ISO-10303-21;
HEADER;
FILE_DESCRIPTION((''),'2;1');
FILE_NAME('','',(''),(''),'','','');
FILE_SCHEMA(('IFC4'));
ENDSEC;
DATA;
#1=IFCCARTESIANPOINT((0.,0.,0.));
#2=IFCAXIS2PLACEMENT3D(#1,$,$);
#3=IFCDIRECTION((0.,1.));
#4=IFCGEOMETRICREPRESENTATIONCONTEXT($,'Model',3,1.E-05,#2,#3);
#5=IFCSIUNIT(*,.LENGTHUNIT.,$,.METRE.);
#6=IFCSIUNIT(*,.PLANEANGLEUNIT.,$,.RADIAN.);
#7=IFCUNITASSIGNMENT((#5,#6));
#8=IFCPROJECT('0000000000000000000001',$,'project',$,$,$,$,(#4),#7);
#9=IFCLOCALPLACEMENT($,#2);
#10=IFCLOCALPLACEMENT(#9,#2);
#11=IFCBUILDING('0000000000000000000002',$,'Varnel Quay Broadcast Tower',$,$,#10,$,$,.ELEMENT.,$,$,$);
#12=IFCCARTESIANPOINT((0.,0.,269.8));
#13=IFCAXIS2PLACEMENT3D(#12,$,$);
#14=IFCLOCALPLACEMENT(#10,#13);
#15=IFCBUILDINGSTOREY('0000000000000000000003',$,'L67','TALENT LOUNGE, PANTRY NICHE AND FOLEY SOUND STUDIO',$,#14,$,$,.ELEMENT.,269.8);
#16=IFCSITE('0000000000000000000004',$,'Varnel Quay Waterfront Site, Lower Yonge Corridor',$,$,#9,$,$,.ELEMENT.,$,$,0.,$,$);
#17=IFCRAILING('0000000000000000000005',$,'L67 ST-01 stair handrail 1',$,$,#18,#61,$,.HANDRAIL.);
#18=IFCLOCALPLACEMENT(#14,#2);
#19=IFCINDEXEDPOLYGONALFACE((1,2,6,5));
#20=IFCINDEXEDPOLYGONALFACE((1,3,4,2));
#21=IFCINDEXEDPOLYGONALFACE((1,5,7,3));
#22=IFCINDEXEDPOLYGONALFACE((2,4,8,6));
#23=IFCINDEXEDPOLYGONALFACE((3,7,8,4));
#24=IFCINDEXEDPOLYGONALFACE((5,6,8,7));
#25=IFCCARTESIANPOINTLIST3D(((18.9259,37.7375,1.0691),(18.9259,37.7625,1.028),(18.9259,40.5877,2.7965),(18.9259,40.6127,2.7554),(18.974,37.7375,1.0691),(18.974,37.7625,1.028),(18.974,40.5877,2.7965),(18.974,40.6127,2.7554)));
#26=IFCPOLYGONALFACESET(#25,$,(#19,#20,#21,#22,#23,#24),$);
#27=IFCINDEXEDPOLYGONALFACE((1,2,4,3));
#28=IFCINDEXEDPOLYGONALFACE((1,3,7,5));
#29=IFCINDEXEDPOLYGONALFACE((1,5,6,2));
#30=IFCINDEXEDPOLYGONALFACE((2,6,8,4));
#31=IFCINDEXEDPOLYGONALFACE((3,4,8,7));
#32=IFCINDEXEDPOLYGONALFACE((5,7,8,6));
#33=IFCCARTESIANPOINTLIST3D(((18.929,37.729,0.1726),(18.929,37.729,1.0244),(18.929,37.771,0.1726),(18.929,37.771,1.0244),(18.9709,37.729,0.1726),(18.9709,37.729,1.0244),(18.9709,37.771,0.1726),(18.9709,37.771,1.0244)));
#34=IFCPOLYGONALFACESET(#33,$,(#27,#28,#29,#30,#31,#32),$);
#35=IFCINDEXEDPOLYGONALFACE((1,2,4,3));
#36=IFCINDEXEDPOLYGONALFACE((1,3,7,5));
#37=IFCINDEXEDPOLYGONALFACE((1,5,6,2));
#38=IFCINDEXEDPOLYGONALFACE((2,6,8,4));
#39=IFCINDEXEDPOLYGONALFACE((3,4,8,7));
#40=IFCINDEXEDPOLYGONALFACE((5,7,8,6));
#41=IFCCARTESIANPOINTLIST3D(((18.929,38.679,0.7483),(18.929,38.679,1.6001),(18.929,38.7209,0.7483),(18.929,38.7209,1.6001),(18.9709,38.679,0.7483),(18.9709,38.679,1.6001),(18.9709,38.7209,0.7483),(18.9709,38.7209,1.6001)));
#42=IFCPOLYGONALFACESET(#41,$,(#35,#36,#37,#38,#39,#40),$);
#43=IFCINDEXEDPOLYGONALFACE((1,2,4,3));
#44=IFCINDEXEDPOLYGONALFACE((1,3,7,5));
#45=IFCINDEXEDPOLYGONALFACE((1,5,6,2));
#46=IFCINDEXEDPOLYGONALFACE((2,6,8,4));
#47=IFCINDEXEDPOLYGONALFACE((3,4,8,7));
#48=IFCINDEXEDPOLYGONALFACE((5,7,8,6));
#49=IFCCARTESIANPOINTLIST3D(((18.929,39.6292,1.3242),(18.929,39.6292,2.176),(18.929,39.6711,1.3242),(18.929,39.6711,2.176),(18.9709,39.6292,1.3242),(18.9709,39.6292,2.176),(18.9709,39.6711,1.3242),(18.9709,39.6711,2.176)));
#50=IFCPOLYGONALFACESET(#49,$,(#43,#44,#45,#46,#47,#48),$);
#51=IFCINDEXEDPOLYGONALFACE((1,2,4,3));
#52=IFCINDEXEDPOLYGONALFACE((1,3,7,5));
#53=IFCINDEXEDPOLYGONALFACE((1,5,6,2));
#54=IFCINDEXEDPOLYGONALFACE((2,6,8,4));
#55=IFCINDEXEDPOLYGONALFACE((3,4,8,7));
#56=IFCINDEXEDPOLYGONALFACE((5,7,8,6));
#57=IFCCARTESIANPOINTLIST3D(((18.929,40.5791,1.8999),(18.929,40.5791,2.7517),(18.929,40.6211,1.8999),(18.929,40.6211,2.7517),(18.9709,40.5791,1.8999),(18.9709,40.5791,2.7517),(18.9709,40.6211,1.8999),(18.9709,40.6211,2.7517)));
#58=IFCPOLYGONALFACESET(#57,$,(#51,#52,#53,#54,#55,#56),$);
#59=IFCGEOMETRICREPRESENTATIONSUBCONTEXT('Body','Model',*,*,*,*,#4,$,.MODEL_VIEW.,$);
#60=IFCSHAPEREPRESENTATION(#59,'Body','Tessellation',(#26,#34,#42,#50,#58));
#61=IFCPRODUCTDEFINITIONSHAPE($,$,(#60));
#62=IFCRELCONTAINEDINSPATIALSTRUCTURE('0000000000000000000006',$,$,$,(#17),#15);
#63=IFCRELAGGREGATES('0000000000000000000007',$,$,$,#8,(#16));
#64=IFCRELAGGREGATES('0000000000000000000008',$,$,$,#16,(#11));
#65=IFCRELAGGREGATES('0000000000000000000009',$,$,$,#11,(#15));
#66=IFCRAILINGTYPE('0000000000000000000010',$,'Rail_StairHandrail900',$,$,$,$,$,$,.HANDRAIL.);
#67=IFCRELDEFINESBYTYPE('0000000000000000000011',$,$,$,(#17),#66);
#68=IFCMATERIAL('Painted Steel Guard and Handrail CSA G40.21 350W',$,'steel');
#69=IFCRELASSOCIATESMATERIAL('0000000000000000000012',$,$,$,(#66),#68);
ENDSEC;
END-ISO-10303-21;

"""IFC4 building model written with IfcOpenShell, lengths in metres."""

from ifc_helpers import new_model, si_unit, direction, frame, origin, origin_2d, place, context, subcontext, project, spatial, rectangle, extrude, material, type_object, element, save


model = new_model("IFC4")

# Units and contexts
model_context = context("Model", 3, precision=1e-05, world=origin(), true_north=direction((0.0, 1.0)))
body_context = subcontext(model_context, "Body", "Model", "MODEL_VIEW")
ifc_project = project(units=[si_unit("LENGTHUNIT", "METRE"), si_unit("PLANEANGLEUNIT", "RADIAN")], contexts=[model_context])

# Site, building, storey
site_placement = place(None, origin())
site = spatial("IfcSite", under=ifc_project, at=site_placement, Name="Varnel Quay Waterfront Site, Lower Yonge Corridor", CompositionType="ELEMENT", RefElevation=0.0)
building_placement = place(site_placement, origin())
building = spatial("IfcBuilding", under=site, at=building_placement, Name="Varnel Quay Broadcast Tower", CompositionType="ELEMENT")
storey_placement = place(building_placement, frame((0.0, 0.0, 269.8)))
storey = spatial("IfcBuildingStorey", under=building, at=storey_placement, Name="L67", Description="TALENT LOUNGE, PANTRY NICHE AND FOLEY SOUND STUDIO", CompositionType="ELEMENT", Elevation=269.8)

# Railing
ifc_material_1 = material(Name="Painted Steel Guard and Handrail CSA G40.21 350W", Category="steel")
railing_type_1 = type_object("IfcRailingType", Name="Rail_StairHandrail900", PredefinedType="HANDRAIL", material=ifc_material_1)
railing_1_placement = place(storey_placement, frame((18.95, 37.75, 0.1726)))
element("IfcRailing", 1, at=railing_1_placement, inside=storey, type_object=railing_type_1, Name="L67 ST-01 stair handrail 1", PredefinedType="HANDRAIL", context=body_context, shape_type="SweptSolid", body=[
    extrude(rectangle(XDim=0.0481, YDim=0.0481, at=origin_2d()), frame((0.0, 0.0, 0.876), z_axis=(0.0, 0.855203, 0.518294), x_axis=(-1.0, 0.0, 0.0)), (0.0, 0.0, 1.0), 3.3328),
    extrude(rectangle(XDim=0.042, YDim=0.042, at=origin_2d()), origin(), (0.0, 0.0, 1.0), 0.8518),
    extrude(rectangle(XDim=0.042, YDim=0.042, at=origin_2d()), frame((0.0, 0.95, 0.5757)), (0.0, 0.0, 1.0), 0.8518),
    extrude(rectangle(XDim=0.042, YDim=0.042, at=origin_2d()), frame((0.0, 1.9001, 1.1516)), (0.0, 0.0, 1.0), 0.8518),
    extrude(rectangle(XDim=0.042, YDim=0.042, at=origin_2d()), frame((0.0, 2.8501, 1.7273)), (0.0, 0.0, 1.0), 0.8518),
])

save(model, "model.ifc")
